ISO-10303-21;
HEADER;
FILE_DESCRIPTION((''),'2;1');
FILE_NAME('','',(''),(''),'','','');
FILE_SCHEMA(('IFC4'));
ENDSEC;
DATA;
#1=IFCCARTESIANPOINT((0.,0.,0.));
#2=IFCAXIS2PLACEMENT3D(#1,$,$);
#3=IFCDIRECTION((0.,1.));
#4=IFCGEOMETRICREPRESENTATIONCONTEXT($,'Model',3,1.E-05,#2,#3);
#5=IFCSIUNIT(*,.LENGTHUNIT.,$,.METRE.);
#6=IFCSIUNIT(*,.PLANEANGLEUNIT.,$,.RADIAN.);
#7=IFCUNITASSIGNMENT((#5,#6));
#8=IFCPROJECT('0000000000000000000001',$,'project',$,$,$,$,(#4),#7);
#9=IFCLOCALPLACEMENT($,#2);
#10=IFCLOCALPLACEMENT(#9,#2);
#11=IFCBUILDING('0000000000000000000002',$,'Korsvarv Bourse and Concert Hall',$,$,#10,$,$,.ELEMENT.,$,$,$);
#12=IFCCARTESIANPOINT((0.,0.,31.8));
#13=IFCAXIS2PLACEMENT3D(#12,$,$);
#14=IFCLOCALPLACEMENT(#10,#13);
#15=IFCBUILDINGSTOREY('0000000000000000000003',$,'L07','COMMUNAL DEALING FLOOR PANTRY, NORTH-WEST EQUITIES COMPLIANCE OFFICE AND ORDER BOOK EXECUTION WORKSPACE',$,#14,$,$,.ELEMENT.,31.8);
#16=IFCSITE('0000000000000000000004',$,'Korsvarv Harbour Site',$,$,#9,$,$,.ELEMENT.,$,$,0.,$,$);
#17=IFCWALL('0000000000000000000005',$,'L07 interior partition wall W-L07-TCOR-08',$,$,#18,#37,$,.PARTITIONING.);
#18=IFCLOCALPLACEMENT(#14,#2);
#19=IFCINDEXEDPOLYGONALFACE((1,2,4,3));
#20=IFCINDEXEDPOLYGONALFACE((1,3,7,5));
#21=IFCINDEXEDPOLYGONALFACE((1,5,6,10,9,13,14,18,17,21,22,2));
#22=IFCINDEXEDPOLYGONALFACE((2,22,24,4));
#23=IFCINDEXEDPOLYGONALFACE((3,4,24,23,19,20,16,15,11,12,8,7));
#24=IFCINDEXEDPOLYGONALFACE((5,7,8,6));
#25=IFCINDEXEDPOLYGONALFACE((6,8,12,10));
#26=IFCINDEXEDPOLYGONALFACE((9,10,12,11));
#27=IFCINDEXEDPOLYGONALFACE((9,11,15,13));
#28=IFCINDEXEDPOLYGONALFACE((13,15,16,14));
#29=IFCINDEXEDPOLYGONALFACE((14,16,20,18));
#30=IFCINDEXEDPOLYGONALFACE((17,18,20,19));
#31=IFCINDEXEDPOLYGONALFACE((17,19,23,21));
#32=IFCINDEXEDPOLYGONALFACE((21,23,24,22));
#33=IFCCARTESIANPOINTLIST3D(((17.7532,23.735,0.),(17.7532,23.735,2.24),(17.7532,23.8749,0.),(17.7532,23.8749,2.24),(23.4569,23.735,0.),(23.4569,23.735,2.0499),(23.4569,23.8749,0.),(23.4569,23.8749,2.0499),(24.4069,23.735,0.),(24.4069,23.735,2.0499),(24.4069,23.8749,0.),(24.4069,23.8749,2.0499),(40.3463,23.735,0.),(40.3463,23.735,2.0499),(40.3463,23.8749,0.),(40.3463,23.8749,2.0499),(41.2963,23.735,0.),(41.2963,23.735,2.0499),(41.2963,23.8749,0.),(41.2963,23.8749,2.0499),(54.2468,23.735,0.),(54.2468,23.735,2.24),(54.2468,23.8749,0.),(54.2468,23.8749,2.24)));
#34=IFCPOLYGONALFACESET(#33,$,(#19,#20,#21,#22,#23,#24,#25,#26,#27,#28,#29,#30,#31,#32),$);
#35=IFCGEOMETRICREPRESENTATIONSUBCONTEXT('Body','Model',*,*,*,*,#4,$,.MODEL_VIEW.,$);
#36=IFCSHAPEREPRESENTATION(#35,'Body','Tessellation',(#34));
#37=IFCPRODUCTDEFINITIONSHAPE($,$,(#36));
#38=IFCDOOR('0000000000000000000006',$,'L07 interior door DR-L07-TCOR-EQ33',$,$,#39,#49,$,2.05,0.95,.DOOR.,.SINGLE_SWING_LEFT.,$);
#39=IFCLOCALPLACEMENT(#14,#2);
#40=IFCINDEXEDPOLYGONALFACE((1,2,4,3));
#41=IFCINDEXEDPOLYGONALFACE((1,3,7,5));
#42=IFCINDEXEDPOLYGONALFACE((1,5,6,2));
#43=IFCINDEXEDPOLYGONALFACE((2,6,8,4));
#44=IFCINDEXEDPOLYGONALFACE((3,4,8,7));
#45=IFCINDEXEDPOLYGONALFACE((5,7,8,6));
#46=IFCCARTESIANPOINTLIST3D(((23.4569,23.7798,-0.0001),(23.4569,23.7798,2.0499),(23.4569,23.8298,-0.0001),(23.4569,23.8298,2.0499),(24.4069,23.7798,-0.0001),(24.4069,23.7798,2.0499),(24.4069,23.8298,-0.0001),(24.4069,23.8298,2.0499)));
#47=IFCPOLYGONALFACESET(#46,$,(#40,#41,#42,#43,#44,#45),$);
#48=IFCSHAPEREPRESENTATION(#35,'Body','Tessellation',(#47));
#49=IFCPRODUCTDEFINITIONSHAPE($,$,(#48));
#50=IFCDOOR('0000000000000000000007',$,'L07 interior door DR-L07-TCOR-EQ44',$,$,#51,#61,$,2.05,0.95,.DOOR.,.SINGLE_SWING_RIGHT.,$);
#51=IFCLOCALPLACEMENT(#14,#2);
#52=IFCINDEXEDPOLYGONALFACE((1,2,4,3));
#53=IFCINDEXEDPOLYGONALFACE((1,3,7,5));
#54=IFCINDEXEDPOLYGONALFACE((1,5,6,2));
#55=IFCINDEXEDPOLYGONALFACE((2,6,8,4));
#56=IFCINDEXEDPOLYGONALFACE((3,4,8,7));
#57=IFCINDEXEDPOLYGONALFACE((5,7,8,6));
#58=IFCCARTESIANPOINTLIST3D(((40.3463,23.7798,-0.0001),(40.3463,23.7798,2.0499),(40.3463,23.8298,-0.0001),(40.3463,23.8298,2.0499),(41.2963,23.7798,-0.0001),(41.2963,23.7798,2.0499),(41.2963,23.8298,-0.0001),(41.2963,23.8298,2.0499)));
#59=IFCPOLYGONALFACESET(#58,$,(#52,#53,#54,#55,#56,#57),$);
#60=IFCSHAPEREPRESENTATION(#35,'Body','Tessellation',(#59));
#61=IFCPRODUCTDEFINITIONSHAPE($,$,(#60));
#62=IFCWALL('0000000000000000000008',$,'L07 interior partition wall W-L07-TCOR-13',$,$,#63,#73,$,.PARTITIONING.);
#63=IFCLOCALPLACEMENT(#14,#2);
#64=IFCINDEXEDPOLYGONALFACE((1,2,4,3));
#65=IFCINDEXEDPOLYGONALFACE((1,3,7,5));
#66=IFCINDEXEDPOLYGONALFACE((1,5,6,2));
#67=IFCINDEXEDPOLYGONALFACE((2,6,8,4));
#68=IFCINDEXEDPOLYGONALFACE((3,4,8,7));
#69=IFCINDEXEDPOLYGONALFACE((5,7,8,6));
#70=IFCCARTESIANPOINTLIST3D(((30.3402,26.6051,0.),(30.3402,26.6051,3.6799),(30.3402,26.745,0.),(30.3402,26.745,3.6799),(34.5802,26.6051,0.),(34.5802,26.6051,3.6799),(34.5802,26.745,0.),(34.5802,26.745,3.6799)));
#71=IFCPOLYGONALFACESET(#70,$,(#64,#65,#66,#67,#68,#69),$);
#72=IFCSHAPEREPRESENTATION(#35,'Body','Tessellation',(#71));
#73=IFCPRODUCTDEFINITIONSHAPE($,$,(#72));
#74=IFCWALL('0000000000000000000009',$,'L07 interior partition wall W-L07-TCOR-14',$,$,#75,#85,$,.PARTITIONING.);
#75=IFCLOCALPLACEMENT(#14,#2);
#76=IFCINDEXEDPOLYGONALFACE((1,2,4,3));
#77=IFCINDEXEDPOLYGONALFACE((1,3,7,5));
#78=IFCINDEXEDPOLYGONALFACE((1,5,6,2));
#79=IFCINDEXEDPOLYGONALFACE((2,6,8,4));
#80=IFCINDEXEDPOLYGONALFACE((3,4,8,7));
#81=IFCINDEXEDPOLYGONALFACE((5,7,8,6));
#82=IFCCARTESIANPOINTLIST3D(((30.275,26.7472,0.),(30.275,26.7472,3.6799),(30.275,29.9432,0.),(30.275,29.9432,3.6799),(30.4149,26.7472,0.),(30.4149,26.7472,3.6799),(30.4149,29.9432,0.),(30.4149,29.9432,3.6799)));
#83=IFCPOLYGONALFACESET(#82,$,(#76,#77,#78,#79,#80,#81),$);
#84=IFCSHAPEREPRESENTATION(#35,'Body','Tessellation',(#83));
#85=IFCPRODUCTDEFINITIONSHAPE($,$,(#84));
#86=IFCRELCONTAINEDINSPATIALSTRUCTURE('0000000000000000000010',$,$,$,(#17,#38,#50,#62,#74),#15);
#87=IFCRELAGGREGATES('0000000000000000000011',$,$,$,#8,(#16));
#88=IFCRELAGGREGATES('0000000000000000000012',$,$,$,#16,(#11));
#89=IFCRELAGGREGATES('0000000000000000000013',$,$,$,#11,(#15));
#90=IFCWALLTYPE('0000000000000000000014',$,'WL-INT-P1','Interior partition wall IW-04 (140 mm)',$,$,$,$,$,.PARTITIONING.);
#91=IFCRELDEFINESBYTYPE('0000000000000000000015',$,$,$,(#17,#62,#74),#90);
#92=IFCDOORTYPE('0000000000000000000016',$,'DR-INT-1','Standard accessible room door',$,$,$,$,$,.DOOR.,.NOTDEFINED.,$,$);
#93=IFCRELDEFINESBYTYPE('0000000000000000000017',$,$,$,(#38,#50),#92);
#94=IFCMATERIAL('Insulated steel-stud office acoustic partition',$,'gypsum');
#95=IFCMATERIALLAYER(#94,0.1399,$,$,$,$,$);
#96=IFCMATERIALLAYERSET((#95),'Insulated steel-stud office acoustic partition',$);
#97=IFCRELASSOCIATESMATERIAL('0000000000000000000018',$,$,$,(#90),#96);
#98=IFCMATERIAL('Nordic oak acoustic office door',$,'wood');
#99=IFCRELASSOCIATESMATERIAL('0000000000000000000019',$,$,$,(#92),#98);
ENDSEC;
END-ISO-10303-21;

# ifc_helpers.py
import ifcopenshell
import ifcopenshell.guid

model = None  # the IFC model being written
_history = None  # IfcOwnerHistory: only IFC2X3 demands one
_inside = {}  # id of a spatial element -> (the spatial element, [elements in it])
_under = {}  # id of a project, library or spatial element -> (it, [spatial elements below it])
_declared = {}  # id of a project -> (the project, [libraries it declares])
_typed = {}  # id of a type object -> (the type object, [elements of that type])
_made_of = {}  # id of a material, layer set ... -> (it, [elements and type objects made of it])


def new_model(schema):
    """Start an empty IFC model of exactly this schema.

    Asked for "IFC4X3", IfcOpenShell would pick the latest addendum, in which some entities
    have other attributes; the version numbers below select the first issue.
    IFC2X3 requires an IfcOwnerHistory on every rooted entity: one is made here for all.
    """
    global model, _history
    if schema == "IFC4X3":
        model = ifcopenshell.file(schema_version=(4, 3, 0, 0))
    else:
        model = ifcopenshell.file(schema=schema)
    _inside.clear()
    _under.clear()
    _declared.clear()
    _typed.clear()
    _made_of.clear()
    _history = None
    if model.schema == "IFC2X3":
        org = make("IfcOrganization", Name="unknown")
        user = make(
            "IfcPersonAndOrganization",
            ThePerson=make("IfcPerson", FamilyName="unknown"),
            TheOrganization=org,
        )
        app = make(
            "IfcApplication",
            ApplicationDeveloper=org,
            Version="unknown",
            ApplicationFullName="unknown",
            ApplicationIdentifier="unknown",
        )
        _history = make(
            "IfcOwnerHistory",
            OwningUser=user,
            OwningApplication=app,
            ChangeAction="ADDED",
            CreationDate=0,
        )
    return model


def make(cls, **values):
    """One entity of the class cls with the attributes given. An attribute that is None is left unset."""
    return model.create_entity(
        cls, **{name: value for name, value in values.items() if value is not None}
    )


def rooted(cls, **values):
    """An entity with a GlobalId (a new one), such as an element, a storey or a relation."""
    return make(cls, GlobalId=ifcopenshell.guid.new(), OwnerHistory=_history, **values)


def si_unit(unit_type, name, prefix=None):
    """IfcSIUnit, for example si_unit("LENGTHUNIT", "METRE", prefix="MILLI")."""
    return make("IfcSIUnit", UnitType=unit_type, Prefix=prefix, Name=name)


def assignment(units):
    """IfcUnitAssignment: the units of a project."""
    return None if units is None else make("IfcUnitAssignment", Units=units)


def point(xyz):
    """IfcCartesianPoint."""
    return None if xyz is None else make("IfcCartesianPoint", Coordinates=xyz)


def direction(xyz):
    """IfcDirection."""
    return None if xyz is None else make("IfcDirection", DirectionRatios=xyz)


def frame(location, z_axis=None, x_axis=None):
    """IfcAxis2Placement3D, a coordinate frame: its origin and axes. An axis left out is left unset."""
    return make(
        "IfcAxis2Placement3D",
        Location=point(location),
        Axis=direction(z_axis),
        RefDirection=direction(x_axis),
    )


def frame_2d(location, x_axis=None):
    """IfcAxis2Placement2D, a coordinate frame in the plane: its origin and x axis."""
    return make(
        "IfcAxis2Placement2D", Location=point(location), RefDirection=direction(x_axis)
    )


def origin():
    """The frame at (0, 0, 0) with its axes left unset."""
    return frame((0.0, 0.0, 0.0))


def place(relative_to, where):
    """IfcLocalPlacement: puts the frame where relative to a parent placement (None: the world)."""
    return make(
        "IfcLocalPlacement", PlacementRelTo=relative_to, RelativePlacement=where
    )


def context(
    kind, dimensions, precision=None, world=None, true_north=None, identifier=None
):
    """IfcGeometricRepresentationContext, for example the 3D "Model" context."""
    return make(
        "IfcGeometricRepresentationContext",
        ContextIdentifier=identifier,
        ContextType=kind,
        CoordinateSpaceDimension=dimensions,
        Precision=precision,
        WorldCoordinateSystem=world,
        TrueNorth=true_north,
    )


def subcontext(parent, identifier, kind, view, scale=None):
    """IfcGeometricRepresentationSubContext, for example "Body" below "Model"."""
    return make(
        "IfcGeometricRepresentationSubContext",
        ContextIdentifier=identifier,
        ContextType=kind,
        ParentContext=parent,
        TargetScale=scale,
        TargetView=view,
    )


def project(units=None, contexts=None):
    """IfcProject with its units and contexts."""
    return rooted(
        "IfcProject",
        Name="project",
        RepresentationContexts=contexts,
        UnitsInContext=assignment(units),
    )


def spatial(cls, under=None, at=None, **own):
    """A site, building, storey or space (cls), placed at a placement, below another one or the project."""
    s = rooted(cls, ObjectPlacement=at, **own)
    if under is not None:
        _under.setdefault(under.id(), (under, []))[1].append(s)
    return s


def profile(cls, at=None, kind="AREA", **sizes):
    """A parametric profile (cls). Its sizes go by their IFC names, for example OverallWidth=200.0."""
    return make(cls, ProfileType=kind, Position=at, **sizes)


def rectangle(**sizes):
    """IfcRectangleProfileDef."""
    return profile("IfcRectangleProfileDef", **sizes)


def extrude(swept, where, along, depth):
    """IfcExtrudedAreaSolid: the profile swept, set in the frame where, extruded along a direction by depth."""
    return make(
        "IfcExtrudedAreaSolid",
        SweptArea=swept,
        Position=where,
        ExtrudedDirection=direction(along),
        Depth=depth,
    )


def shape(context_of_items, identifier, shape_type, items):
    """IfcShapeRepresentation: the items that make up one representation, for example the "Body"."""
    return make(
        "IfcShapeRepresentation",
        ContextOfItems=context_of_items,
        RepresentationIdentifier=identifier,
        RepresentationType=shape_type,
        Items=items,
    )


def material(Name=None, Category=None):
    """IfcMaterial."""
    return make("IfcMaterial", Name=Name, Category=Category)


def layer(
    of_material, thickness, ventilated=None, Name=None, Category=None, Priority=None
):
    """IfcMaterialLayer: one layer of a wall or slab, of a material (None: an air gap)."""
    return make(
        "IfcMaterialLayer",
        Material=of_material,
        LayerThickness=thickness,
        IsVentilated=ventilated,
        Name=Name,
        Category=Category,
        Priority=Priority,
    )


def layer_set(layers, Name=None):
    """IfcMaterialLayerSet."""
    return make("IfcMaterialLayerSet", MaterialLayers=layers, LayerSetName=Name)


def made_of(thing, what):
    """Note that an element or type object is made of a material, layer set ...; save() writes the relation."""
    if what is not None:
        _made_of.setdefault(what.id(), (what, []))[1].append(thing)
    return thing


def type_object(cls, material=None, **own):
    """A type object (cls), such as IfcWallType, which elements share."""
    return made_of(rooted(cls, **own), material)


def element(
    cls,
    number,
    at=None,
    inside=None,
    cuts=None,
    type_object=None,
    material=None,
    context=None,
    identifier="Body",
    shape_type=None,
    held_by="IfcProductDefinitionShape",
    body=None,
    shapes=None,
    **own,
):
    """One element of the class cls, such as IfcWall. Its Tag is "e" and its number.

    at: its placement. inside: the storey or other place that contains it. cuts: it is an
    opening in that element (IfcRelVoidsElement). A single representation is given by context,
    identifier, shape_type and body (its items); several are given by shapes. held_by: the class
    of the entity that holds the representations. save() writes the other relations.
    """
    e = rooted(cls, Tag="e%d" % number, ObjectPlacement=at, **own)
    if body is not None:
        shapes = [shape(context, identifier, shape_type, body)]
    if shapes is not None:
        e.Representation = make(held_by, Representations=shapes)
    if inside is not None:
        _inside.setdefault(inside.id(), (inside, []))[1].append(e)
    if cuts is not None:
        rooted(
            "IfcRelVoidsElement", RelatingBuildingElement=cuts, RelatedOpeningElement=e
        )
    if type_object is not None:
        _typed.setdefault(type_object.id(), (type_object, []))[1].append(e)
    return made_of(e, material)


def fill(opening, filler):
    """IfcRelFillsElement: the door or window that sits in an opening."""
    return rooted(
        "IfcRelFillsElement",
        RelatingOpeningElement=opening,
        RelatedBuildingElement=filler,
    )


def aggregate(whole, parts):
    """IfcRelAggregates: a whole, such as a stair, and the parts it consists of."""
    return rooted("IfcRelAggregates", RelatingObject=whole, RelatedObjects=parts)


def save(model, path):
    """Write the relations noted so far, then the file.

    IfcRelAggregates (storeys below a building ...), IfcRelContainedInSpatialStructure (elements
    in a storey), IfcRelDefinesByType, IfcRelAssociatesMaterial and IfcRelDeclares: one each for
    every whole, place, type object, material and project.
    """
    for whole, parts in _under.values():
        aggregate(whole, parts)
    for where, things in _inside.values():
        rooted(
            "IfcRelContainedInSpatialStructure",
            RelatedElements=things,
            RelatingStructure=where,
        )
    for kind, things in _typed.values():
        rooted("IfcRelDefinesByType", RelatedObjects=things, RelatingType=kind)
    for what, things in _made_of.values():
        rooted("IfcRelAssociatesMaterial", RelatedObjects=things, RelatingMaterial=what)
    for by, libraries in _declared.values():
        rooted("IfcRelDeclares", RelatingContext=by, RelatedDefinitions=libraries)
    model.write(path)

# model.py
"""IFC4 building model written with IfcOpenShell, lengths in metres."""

from ifc_helpers import new_model, si_unit, direction, frame, frame_2d, origin, place, context, subcontext, project, spatial, rectangle, extrude, material, layer, layer_set, type_object, element, fill, save


model = new_model("IFC4")

# Units and contexts
model_context = context("Model", 3, precision=1e-05, world=origin(), true_north=direction((0.0, 1.0)))
body_context = subcontext(model_context, "Body", "Model", "MODEL_VIEW")
ifc_project = project(units=[si_unit("LENGTHUNIT", "METRE"), si_unit("PLANEANGLEUNIT", "RADIAN")], contexts=[model_context])

# Site, building, storey
site_placement = place(None, origin())
site = spatial("IfcSite", under=ifc_project, at=site_placement, Name="Korsvarv Harbour Site", CompositionType="ELEMENT", RefElevation=0.0)
building_placement = place(site_placement, origin())
building = spatial("IfcBuilding", under=site, at=building_placement, Name="Korsvarv Bourse and Concert Hall", CompositionType="ELEMENT")
storey_placement = place(building_placement, frame((0.0, 0.0, 31.8)))
storey = spatial("IfcBuildingStorey", under=building, at=storey_placement, Name="L07", Description="COMMUNAL DEALING FLOOR PANTRY, NORTH-WEST EQUITIES COMPLIANCE OFFICE AND ORDER BOOK EXECUTION WORKSPACE", CompositionType="ELEMENT", Elevation=31.8)

# Wall, openings, doors
ifc_material_1 = material(Name="Insulated steel-stud office acoustic partition", Category="gypsum")
ifc_layer_1 = layer(ifc_material_1, 0.1399)
ifc_layer_set_1 = layer_set([ifc_layer_1], Name="Insulated steel-stud office acoustic partition")
wall_type = type_object("IfcWallType", Name="WL-INT-P1", Description="Interior partition wall IW-04 (140 mm)", PredefinedType="PARTITIONING", material=ifc_layer_set_1)
wall_1_placement = place(storey_placement, frame((17.7532, 23.8049, 0.0), z_axis=(0.0, 0.0, 1.0), x_axis=(1.0, 0.0, 0.0)))
wall_1 = element("IfcWall", 1, at=wall_1_placement, inside=storey, type_object=wall_type, Name="L07 interior partition wall W-L07-TCOR-08", PredefinedType="PARTITIONING", context=body_context, shape_type="SweptSolid", body=[
    extrude(rectangle(XDim=36.4937, YDim=0.1399, at=frame_2d((18.2468, 0.0))), origin(), (0.0, 0.0, 1.0), 2.24),
])
opening_1_placement = place(wall_1_placement, frame((5.7036, 0.0, 0.0)))
opening_1 = element("IfcOpeningElement", 2, at=opening_1_placement, cuts=wall_1, PredefinedType="OPENING", context=body_context, shape_type="SweptSolid", body=[
    extrude(rectangle(XDim=0.95, YDim=2.05, at=frame_2d((0.4751, 1.0249))), frame((0.0, 0.0801, 0.0), z_axis=(0.0, -1.0, 0.0), x_axis=(1.0, 0.0, 0.0)), (0.0, 0.0, 1.0), 0.1599),
])
opening_2_placement = place(wall_1_placement, frame((22.593, 0.0, 0.0)))
opening_2 = element("IfcOpeningElement", 3, at=opening_2_placement, cuts=wall_1, PredefinedType="OPENING", context=body_context, shape_type="SweptSolid", body=[
    extrude(rectangle(XDim=0.95, YDim=2.05, at=frame_2d((0.4751, 1.0249))), frame((0.0, 0.0801, 0.0), z_axis=(0.0, -1.0, 0.0), x_axis=(1.0, 0.0, 0.0)), (0.0, 0.0, 1.0), 0.1599),
])
ifc_material_2 = material(Name="Nordic oak acoustic office door", Category="wood")
door_type = type_object("IfcDoorType", Name="DR-INT-1", Description="Standard accessible room door", OperationType="NOTDEFINED", PredefinedType="DOOR", material=ifc_material_2)
door_1_placement = place(opening_1_placement, origin())
door_1 = element("IfcDoor", 4, at=door_1_placement, inside=storey, type_object=door_type, Name="L07 interior door DR-L07-TCOR-EQ33", OperationType="SINGLE_SWING_LEFT", OverallHeight=2.05, OverallWidth=0.95, PredefinedType="DOOR", context=body_context, shape_type="SweptSolid", body=[
    extrude(rectangle(XDim=0.95, YDim=2.05, at=frame_2d((0.4751, 1.0249))), frame((0.0, 0.0249, 0.0), z_axis=(0.0, -1.0, 0.0), x_axis=(1.0, 0.0, 0.0)), (0.0, 0.0, 1.0), 0.05),
])
fill(opening_1, door_1)
door_2_placement = place(opening_2_placement, origin())
door_2 = element("IfcDoor", 5, at=door_2_placement, inside=storey, type_object=door_type, Name="L07 interior door DR-L07-TCOR-EQ44", OperationType="SINGLE_SWING_RIGHT", OverallHeight=2.05, OverallWidth=0.95, PredefinedType="DOOR", context=body_context, shape_type="SweptSolid", body=[
    extrude(rectangle(XDim=0.95, YDim=2.05, at=frame_2d((0.4751, 1.0249))), frame((0.0, 0.0249, 0.0), z_axis=(0.0, -1.0, 0.0), x_axis=(1.0, 0.0, 0.0)), (0.0, 0.0, 1.0), 0.05),
])
fill(opening_2, door_2)

# Walls
wall_2_placement = place(storey_placement, frame((30.3401, 26.675, 0.0), z_axis=(0.0, 0.0, 1.0), x_axis=(1.0, 0.0, 0.0)))
element("IfcWall", 6, at=wall_2_placement, inside=storey, type_object=wall_type, Name="L07 interior partition wall W-L07-TCOR-13", PredefinedType="PARTITIONING", context=body_context, shape_type="SweptSolid", body=[
    extrude(rectangle(XDim=4.24, YDim=0.1399, at=frame_2d((2.1201, 0.0))), origin(), (0.0, 0.0, 1.0), 3.6799),
])
wall_3_placement = place(storey_placement, frame((30.345, 26.7471, 0.0), z_axis=(0.0, 0.0, 1.0), x_axis=(0.0, 1.0, 0.0)))
element("IfcWall", 7, at=wall_3_placement, inside=storey, type_object=wall_type, Name="L07 interior partition wall W-L07-TCOR-14", PredefinedType="PARTITIONING", context=body_context, shape_type="SweptSolid", body=[
    extrude(rectangle(XDim=3.196, YDim=0.1399, at=frame_2d((1.5981, 0.0))), origin(), (0.0, 0.0, 1.0), 3.6799),
])

save(model, "model.ifc")
